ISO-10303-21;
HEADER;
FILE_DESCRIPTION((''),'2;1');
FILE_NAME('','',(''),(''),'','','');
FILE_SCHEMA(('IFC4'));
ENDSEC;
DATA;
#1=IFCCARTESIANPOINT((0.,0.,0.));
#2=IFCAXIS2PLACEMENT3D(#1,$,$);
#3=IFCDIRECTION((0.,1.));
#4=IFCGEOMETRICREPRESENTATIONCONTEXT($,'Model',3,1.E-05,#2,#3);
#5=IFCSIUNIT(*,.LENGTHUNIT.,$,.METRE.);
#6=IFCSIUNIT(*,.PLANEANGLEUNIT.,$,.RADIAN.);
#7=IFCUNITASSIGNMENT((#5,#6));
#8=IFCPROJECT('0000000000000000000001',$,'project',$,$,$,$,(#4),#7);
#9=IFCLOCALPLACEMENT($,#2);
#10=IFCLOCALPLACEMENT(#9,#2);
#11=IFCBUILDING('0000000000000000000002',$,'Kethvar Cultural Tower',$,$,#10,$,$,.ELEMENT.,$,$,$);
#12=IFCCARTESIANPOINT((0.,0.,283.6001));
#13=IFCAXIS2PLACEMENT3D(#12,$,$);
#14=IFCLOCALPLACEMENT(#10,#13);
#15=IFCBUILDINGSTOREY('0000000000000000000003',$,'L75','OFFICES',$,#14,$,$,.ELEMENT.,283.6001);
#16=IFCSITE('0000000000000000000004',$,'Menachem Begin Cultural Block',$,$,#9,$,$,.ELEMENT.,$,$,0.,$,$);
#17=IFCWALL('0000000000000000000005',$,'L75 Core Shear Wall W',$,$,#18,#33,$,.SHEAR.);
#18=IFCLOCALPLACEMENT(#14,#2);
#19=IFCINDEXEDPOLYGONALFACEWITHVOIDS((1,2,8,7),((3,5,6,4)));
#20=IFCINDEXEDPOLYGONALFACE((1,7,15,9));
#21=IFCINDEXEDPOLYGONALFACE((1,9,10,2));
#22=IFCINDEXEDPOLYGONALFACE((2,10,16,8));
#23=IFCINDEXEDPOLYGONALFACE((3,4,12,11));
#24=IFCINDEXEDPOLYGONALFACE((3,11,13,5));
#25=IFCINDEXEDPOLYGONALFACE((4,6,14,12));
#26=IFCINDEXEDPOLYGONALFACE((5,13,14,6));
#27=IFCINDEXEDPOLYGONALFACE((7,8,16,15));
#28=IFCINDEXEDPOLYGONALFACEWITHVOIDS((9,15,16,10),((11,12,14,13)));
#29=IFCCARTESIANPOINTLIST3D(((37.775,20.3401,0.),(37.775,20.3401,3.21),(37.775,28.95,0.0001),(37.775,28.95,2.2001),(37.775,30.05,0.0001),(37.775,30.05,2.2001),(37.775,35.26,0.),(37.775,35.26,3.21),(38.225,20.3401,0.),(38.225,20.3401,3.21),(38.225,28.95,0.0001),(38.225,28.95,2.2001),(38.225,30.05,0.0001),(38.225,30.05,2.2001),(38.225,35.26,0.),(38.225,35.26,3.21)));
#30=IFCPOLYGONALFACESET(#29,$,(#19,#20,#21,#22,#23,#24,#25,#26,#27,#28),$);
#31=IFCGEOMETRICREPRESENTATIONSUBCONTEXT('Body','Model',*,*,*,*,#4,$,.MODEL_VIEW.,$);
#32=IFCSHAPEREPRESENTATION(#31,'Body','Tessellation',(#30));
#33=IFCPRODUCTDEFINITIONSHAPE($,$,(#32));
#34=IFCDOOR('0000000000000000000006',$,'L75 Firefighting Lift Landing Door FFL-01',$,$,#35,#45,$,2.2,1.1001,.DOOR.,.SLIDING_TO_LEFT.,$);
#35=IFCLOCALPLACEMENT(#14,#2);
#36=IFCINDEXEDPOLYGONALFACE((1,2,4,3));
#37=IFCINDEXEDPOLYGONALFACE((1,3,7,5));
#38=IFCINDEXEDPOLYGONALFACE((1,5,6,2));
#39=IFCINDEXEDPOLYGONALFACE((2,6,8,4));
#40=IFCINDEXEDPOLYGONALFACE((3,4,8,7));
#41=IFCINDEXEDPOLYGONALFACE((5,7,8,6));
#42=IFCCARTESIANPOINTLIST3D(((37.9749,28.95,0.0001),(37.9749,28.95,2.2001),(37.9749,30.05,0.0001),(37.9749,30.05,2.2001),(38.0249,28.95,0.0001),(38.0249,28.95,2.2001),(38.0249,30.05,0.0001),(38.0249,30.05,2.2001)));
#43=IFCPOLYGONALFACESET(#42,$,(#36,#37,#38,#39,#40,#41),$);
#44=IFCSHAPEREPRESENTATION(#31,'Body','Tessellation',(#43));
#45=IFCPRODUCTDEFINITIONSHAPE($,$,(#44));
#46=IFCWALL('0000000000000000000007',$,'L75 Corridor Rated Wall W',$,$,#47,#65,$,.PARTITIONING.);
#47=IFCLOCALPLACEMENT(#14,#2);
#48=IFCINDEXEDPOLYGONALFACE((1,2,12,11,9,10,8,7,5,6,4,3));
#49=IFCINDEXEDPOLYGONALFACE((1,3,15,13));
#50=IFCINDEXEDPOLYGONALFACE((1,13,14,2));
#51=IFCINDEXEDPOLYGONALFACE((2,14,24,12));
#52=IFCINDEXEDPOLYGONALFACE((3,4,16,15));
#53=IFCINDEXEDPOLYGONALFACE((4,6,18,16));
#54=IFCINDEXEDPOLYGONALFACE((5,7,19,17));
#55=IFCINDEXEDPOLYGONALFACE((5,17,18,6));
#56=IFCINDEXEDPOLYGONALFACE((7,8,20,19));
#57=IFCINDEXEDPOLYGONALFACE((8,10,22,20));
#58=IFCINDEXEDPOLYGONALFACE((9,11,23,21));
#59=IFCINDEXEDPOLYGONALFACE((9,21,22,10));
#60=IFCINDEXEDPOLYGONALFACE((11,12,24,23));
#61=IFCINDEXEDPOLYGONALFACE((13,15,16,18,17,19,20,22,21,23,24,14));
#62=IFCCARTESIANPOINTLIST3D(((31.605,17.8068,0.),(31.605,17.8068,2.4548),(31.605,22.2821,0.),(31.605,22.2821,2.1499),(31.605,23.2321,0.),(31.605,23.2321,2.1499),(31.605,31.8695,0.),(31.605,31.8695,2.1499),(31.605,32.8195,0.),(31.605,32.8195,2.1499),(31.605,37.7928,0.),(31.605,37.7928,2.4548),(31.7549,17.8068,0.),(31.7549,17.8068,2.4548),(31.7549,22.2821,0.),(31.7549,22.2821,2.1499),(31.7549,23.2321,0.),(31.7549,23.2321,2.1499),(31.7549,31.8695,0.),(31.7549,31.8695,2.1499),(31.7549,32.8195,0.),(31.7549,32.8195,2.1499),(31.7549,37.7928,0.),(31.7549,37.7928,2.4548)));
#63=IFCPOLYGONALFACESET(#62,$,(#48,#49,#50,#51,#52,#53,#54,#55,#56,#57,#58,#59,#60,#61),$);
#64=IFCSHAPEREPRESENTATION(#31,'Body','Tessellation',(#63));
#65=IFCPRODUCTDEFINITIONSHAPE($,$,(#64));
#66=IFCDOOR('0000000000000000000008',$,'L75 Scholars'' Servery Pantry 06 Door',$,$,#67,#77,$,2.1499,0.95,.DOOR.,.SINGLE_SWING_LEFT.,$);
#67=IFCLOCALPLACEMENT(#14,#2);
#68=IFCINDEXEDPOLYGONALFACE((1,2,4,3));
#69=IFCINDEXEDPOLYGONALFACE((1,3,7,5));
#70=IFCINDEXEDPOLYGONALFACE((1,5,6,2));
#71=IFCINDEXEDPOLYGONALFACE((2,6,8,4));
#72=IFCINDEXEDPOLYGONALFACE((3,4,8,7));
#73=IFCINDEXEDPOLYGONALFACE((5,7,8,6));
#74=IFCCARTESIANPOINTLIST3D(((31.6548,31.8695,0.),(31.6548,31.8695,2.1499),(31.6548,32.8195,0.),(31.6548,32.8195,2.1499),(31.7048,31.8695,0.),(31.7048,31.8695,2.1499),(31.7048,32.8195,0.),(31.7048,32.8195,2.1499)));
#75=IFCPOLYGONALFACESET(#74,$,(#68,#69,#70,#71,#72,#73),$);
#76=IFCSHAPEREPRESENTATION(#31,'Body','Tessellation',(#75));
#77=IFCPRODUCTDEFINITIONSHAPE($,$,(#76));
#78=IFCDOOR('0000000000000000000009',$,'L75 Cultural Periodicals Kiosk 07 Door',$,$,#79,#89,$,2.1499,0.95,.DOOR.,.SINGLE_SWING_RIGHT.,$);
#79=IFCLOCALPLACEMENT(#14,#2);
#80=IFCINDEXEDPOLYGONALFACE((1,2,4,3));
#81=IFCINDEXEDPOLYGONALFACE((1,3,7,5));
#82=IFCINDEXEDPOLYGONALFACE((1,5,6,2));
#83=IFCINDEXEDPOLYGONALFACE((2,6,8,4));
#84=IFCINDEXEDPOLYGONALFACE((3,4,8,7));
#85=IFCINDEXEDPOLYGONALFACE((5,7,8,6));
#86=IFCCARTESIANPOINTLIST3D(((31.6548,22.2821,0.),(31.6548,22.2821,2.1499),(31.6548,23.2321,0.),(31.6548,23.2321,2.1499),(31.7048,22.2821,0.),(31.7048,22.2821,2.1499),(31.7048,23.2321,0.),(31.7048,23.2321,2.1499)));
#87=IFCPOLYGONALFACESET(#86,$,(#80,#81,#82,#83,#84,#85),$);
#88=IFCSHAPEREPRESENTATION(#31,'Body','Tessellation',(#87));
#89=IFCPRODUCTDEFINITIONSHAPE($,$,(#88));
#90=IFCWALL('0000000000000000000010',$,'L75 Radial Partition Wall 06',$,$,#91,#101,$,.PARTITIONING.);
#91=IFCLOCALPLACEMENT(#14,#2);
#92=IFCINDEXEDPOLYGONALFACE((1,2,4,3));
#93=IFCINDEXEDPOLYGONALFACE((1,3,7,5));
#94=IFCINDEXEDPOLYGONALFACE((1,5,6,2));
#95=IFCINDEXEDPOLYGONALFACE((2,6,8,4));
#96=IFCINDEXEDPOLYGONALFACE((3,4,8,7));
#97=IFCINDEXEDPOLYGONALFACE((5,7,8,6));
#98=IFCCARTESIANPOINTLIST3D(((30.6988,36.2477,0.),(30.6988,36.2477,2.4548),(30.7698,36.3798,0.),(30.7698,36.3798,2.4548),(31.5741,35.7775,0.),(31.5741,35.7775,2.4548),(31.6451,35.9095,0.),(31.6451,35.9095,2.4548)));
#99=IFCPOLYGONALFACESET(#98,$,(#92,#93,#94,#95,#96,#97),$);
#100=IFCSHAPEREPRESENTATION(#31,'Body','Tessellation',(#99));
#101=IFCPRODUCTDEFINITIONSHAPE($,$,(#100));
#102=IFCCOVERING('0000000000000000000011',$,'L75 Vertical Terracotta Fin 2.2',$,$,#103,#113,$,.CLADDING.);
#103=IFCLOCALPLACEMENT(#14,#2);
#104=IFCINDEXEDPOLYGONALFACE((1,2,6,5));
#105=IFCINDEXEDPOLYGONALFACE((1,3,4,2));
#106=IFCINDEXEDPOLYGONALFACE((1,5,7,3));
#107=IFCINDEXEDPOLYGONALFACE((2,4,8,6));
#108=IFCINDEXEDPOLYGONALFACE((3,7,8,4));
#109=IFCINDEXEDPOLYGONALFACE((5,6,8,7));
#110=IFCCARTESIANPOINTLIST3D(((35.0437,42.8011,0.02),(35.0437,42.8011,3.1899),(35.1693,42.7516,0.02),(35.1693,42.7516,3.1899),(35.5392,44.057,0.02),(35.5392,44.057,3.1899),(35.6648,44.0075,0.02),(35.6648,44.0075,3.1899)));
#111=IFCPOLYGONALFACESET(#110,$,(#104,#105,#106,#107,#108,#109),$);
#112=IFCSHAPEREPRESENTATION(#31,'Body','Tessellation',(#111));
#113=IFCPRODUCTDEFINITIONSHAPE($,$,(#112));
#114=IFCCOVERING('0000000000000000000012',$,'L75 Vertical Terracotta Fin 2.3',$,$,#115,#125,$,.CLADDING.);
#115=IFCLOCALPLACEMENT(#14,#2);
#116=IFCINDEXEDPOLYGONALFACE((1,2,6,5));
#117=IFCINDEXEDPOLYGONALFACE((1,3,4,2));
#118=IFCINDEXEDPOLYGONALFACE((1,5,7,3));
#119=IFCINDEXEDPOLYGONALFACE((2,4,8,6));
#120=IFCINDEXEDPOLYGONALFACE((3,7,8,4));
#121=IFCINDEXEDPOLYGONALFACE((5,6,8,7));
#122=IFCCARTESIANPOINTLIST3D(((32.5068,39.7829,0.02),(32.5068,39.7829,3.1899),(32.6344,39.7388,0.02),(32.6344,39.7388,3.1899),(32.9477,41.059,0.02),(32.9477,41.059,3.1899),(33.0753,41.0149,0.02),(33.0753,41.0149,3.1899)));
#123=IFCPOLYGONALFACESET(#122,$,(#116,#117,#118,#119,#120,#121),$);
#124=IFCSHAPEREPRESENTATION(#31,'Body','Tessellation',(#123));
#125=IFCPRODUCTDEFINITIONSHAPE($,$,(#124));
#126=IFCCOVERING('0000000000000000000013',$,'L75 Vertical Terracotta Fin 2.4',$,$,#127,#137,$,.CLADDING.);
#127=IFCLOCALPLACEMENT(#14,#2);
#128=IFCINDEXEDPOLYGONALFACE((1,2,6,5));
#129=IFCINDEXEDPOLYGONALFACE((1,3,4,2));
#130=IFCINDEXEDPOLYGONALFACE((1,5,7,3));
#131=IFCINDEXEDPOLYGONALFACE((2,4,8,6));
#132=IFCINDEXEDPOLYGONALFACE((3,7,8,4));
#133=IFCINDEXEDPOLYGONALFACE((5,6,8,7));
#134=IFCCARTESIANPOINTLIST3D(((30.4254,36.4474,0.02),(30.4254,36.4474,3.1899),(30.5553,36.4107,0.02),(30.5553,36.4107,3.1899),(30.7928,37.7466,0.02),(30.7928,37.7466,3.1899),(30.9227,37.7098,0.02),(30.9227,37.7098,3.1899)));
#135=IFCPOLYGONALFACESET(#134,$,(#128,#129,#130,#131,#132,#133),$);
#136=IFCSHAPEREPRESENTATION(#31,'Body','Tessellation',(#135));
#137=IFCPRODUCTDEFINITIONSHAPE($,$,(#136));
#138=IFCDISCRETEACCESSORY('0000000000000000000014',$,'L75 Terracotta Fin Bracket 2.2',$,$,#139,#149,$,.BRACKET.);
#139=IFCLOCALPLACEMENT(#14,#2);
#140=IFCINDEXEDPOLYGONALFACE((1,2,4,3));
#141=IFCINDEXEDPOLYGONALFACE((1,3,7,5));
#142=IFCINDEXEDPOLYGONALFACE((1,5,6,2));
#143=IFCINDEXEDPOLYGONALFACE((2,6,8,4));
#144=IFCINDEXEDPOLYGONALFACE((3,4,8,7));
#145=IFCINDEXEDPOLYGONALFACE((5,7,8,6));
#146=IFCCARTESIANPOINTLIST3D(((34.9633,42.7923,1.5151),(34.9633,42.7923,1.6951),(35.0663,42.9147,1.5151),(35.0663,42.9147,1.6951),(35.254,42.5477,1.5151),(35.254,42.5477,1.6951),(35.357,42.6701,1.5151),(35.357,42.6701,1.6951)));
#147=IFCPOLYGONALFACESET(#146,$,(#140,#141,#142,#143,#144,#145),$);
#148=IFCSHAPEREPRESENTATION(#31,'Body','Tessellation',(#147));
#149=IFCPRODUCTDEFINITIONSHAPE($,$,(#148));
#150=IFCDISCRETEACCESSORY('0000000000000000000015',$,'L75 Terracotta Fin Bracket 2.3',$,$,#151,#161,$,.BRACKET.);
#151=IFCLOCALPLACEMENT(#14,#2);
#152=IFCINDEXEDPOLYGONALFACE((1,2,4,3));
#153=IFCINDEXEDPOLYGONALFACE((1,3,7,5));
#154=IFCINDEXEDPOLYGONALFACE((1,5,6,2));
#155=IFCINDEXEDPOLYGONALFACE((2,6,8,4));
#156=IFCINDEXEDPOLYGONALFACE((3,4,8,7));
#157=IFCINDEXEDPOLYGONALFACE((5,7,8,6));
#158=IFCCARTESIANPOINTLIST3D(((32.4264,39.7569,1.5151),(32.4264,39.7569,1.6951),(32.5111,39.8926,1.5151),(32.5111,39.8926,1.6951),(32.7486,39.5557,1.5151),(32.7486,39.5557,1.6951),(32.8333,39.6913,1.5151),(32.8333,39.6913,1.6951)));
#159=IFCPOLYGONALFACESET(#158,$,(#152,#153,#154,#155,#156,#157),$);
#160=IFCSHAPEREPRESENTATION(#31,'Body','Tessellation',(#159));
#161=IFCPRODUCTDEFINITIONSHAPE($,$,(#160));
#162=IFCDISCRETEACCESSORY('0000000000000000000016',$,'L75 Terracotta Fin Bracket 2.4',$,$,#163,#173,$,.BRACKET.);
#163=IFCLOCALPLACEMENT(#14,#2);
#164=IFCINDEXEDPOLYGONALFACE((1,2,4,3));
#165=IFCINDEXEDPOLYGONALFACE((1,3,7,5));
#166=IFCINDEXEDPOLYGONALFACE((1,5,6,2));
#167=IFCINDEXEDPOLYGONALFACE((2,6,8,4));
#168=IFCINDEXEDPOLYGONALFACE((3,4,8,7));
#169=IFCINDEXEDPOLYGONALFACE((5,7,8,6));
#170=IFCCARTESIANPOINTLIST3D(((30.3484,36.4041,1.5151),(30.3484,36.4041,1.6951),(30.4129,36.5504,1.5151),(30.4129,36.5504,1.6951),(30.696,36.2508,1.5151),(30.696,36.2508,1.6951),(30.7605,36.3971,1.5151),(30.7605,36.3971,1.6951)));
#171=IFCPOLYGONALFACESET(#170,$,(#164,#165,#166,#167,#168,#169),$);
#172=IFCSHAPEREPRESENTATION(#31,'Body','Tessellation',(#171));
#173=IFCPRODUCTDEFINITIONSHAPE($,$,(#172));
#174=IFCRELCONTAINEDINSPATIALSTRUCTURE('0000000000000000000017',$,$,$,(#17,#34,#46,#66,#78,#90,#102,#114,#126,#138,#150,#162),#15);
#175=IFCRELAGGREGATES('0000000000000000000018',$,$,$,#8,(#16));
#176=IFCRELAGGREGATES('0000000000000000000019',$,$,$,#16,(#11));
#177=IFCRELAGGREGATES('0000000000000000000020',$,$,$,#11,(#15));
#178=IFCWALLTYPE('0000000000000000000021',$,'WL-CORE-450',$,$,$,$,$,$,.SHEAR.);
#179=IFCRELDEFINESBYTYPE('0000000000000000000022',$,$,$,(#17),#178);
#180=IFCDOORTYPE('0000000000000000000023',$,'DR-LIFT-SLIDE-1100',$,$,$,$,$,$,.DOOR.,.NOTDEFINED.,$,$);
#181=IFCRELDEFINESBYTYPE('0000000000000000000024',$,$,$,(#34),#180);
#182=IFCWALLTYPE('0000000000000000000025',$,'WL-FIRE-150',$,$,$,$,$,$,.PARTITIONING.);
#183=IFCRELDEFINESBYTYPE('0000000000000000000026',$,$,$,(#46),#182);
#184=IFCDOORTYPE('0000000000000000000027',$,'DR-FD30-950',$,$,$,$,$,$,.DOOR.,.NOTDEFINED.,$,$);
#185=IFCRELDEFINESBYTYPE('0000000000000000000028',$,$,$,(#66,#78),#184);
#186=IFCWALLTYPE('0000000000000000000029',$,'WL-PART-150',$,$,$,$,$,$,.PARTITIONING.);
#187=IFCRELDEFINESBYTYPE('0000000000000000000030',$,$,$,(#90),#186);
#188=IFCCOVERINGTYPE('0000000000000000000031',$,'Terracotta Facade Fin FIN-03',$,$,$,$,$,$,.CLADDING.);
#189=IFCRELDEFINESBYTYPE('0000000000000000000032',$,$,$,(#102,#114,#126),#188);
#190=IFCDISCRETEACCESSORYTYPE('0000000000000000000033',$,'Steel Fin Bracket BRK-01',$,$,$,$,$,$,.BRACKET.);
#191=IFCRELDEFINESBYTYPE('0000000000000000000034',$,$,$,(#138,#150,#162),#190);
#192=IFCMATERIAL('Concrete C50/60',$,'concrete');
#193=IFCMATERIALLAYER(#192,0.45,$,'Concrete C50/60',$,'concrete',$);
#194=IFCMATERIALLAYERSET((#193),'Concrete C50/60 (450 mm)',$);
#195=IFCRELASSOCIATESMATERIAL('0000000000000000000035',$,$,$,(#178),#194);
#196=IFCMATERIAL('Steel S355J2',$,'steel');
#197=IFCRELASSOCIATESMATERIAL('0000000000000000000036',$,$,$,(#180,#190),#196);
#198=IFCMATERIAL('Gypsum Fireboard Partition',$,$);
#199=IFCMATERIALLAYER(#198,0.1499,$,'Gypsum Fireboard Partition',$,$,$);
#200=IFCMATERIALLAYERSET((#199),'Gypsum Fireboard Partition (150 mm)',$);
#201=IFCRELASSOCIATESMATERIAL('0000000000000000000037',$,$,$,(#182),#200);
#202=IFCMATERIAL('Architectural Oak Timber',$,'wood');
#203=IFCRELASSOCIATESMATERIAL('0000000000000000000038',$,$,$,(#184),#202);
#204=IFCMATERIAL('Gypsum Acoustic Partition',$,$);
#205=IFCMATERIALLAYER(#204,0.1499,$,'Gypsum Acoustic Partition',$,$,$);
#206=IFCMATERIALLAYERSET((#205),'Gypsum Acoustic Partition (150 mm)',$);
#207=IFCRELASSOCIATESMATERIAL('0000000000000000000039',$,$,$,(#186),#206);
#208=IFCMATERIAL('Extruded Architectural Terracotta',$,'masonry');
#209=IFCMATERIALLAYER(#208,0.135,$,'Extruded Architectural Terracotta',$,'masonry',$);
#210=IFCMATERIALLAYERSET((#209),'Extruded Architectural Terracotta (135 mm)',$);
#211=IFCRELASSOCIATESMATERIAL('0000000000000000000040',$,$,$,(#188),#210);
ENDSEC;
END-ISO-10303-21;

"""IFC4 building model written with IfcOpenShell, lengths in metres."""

from ifc_helpers import new_model, si_unit, direction, frame, frame_2d, origin, origin_2d, place, context, subcontext, project, spatial, rectangle, extrude, source, transform, mapped, material, layer, layer_set, type_object, element, fill, save


model = new_model("IFC4")

# Units and contexts
model_context = context("Model", 3, precision=1e-05, world=origin(), true_north=direction((0.0, 1.0)))
body_context = subcontext(model_context, "Body", "Model", "MODEL_VIEW")
ifc_project = project(units=[si_unit("LENGTHUNIT", "METRE"), si_unit("PLANEANGLEUNIT", "RADIAN")], contexts=[model_context])

# Site, building, storey
site_placement = place(None, origin())
site = spatial("IfcSite", under=ifc_project, at=site_placement, Name="Menachem Begin Cultural Block", CompositionType="ELEMENT", RefElevation=0.0)
building_placement = place(site_placement, origin())
building = spatial("IfcBuilding", under=site, at=building_placement, Name="Kethvar Cultural Tower", CompositionType="ELEMENT")
storey_placement = place(building_placement, frame((0.0, 0.0, 283.6001)))
storey = spatial("IfcBuildingStorey", under=building, at=storey_placement, Name="L75", Description="OFFICES", CompositionType="ELEMENT", Elevation=283.6001)

# Shared definitions
ifc_material_1 = material(Name="Steel S355J2", Category="steel")

# Wall, opening, door
ifc_material_2 = material(Name="Concrete C50/60", Category="concrete")
ifc_layer_1 = layer(ifc_material_2, 0.45, Name="Concrete C50/60", Category="concrete")
ifc_layer_set_1 = layer_set([ifc_layer_1], Name="Concrete C50/60 (450 mm)")
wall_type_1 = type_object("IfcWallType", Name="WL-CORE-450", PredefinedType="SHEAR", material=ifc_layer_set_1)
wall_1_placement = place(storey_placement, frame((38.0, 35.26, 0.0), z_axis=(0.0, 0.0, 1.0), x_axis=(0.0, -1.0, 0.0)))
wall_1 = element("IfcWall", 1, at=wall_1_placement, inside=storey, type_object=wall_type_1, Name="L75 Core Shear Wall W", PredefinedType="SHEAR", context=body_context, shape_type="SweptSolid", body=[
    extrude(rectangle(XDim=14.9199, YDim=0.45, at=frame_2d((7.46, 0.0))), origin(), (0.0, 0.0, 1.0), 3.21),
])
opening_1_placement = place(wall_1_placement, frame((5.21, 0.0, 0.0)))
opening_1 = element("IfcOpeningElement", 2, at=opening_1_placement, cuts=wall_1, PredefinedType="OPENING", context=body_context, shape_type="SweptSolid", body=[
    extrude(rectangle(XDim=1.1001, YDim=2.2, at=frame_2d((0.55, 1.1001))), frame((0.0, 0.2349, 0.0), z_axis=(0.0, -1.0, 0.0), x_axis=(1.0, 0.0, 0.0)), (0.0, 0.0, 1.0), 0.47),
])
door_type_1 = type_object("IfcDoorType", Name="DR-LIFT-SLIDE-1100", OperationType="NOTDEFINED", PredefinedType="DOOR", material=ifc_material_1)
shared_shape_1 = source(origin(), body_context, "Body", "SweptSolid", [
    extrude(rectangle(XDim=1.1001, YDim=2.2, at=frame_2d((0.55, 1.1001))), frame((0.0, 0.0249, 0.0), z_axis=(0.0, -1.0, 0.0), x_axis=(1.0, 0.0, 0.0)), (0.0, 0.0, 1.0), 0.05),
])
door_1_placement = place(opening_1_placement, origin())
door_1 = element("IfcDoor", 3, at=door_1_placement, inside=storey, type_object=door_type_1, Name="L75 Firefighting Lift Landing Door FFL-01", OperationType="SLIDING_TO_LEFT", OverallHeight=2.2, OverallWidth=1.1001, PredefinedType="DOOR", context=body_context, shape_type="MappedRepresentation", body=[
    mapped(shared_shape_1, transform((0.0, 0.0, 0.0), scale=1.0)),
])
fill(opening_1, door_1)

# Wall, openings, doors
ifc_material_3 = material(Name="Gypsum Fireboard Partition")
ifc_layer_2 = layer(ifc_material_3, 0.1499, Name="Gypsum Fireboard Partition")
ifc_layer_set_2 = layer_set([ifc_layer_2], Name="Gypsum Fireboard Partition (150 mm)")
wall_type_2 = type_object("IfcWallType", Name="WL-FIRE-150", PredefinedType="PARTITIONING", material=ifc_layer_set_2)
wall_2_placement = place(storey_placement, frame((31.6799, 37.793, 0.0), z_axis=(0.0, 0.0, 1.0), x_axis=(0.0, -1.0, 0.0)))
wall_2 = element("IfcWall", 4, at=wall_2_placement, inside=storey, type_object=wall_type_2, Name="L75 Corridor Rated Wall W", PredefinedType="PARTITIONING", context=body_context, shape_type="SweptSolid", body=[
    extrude(rectangle(XDim=19.9861, YDim=0.1499, at=frame_2d((9.9932, 0.0))), origin(), (0.0, 0.0, 1.0), 2.4548),
])
opening_2_placement = place(wall_2_placement, frame((4.9734, 0.0, 0.0)))
opening_2 = element("IfcOpeningElement", 5, at=opening_2_placement, cuts=wall_2, PredefinedType="OPENING", context=body_context, shape_type="SweptSolid", body=[
    extrude(rectangle(XDim=0.95, YDim=2.1499, at=frame_2d((0.4751, 1.075))), frame((0.0, 0.085, 0.0), z_axis=(0.0, -1.0, 0.0), x_axis=(1.0, 0.0, 0.0)), (0.0, 0.0, 1.0), 0.1699),
])
opening_3_placement = place(wall_2_placement, frame((14.5608, 0.0, 0.0)))
opening_3 = element("IfcOpeningElement", 6, at=opening_3_placement, cuts=wall_2, PredefinedType="OPENING", context=body_context, shape_type="SweptSolid", body=[
    extrude(rectangle(XDim=0.95, YDim=2.1499, at=frame_2d((0.4751, 1.075))), frame((0.0, 0.085, 0.0), z_axis=(0.0, -1.0, 0.0), x_axis=(1.0, 0.0, 0.0)), (0.0, 0.0, 1.0), 0.1699),
])
ifc_material_4 = material(Name="Architectural Oak Timber", Category="wood")
door_type_2 = type_object("IfcDoorType", Name="DR-FD30-950", OperationType="NOTDEFINED", PredefinedType="DOOR", material=ifc_material_4)
shared_shape_2 = source(origin(), body_context, "Body", "SweptSolid", [
    extrude(rectangle(XDim=0.95, YDim=2.1499, at=frame_2d((0.4751, 1.075))), frame((0.0, 0.0249, 0.0), z_axis=(0.0, -1.0, 0.0), x_axis=(1.0, 0.0, 0.0)), (0.0, 0.0, 1.0), 0.05),
])
door_2_placement = place(opening_2_placement, origin())
door_2 = element("IfcDoor", 7, at=door_2_placement, inside=storey, type_object=door_type_2, Name="L75 Scholars' Servery Pantry 06 Door", OperationType="SINGLE_SWING_LEFT", OverallHeight=2.1499, OverallWidth=0.95, PredefinedType="DOOR", context=body_context, shape_type="MappedRepresentation", body=[
    mapped(shared_shape_2, transform((0.0, 0.0, 0.0), scale=1.0)),
])
fill(opening_2, door_2)
door_3_placement = place(opening_3_placement, origin())
door_3 = element("IfcDoor", 8, at=door_3_placement, inside=storey, type_object=door_type_2, Name="L75 Cultural Periodicals Kiosk 07 Door", OperationType="SINGLE_SWING_RIGHT", OverallHeight=2.1499, OverallWidth=0.95, PredefinedType="DOOR", context=body_context, shape_type="MappedRepresentation", body=[
    mapped(shared_shape_2, transform((0.0, 0.0, 0.0), scale=1.0)),
])
fill(opening_3, door_3)

# Wall
ifc_material_5 = material(Name="Gypsum Acoustic Partition")
ifc_layer_3 = layer(ifc_material_5, 0.1499, Name="Gypsum Acoustic Partition")
ifc_layer_set_3 = layer_set([ifc_layer_3], Name="Gypsum Acoustic Partition (150 mm)")
wall_type_3 = type_object("IfcWallType", Name="WL-PART-150", PredefinedType="PARTITIONING", material=ifc_layer_set_3)
wall_3_placement = place(storey_placement, frame((31.6096, 35.8435, 0.0), z_axis=(0.0, 0.0, 1.0), x_axis=(-0.88092, 0.473264, 0.0)))
element("IfcWall", 9, at=wall_3_placement, inside=storey, type_object=wall_type_3, Name="L75 Radial Partition Wall 06", PredefinedType="PARTITIONING", context=body_context, shape_type="SweptSolid", body=[
    extrude(rectangle(XDim=0.9937, YDim=0.1499, at=frame_2d((0.4968, 0.0))), origin(), (0.0, 0.0, 1.0), 2.4548),
])

# Coverings
ifc_material_6 = material(Name="Extruded Architectural Terracotta", Category="masonry")
ifc_layer_4 = layer(ifc_material_6, 0.135, Name="Extruded Architectural Terracotta", Category="masonry")
ifc_layer_set_4 = layer_set([ifc_layer_4], Name="Extruded Architectural Terracotta (135 mm)")
covering_type = type_object("IfcCoveringType", Name="Terracotta Facade Fin FIN-03", PredefinedType="CLADDING", material=ifc_layer_set_4)
shared_shape_3 = source(origin(), body_context, "Body", "SweptSolid", [
    extrude(rectangle(XDim=1.3501, YDim=0.135, at=origin_2d()), origin(), (0.0, 0.0, 1.0), 3.1699),
])
for number, where, z_axis, x_axis, name in (
    (10, (35.3542, 43.4043, 0.02), (0.0, 0.0, 1.0), (0.366988, 0.930226, 0.0), "L75 Vertical Terracotta Fin 2.2"),
    (11, (32.791, 40.3989, 0.02), (0.0, 0.0, 1.0), (0.326558, 0.945177, 0.0), "L75 Vertical Terracotta Fin 2.3"),
    (12, (30.6741, 37.0786, 0.02), (0.0, 0.0, 1.0), (0.272112, 0.962266, 0.0), "L75 Vertical Terracotta Fin 2.4"),
):
    element("IfcCovering", number, at=place(storey_placement, frame(where, z_axis=z_axis, x_axis=x_axis)), inside=storey, type_object=covering_type, Name=name, PredefinedType="CLADDING", context=body_context, shape_type="MappedRepresentation", body=[
        mapped(shared_shape_3, transform((0.0, 0.0, 0.0), scale=1.0)),
    ])

# Discrete accessories
discrete_accessory_type = type_object("IfcDiscreteAccessoryType", Name="Steel Fin Bracket BRK-01", PredefinedType="BRACKET", material=ifc_material_1)
shared_shape_4 = source(origin(), body_context, "Body", "SweptSolid", [
    extrude(rectangle(XDim=0.3799, YDim=0.1599, at=origin_2d()), origin(), (0.0, 0.0, 1.0), 0.1799),
])
for number, where, z_axis, x_axis, name in (
    (13, (35.1602, 42.7312, 1.5151), (0.0, 0.0, 1.0), (-0.765146, 0.643857, 0.0), "L75 Terracotta Fin Bracket 2.2"),
    (14, (32.6299, 39.7241, 1.5151), (0.0, 0.0, 1.0), (-0.848141, 0.529771, 0.0), "L75 Terracotta Fin Bracket 2.3"),
    (15, (30.5544, 36.4006, 1.5151), (0.0, 0.0, 1.0), (-0.91496, 0.403545, 0.0), "L75 Terracotta Fin Bracket 2.4"),
):
    element("IfcDiscreteAccessory", number, at=place(storey_placement, frame(where, z_axis=z_axis, x_axis=x_axis)), inside=storey, type_object=discrete_accessory_type, Name=name, PredefinedType="BRACKET", context=body_context, shape_type="MappedRepresentation", body=[
        mapped(shared_shape_4, transform((0.0, 0.0, 0.0), scale=1.0)),
    ])

save(model, "model.ifc")
